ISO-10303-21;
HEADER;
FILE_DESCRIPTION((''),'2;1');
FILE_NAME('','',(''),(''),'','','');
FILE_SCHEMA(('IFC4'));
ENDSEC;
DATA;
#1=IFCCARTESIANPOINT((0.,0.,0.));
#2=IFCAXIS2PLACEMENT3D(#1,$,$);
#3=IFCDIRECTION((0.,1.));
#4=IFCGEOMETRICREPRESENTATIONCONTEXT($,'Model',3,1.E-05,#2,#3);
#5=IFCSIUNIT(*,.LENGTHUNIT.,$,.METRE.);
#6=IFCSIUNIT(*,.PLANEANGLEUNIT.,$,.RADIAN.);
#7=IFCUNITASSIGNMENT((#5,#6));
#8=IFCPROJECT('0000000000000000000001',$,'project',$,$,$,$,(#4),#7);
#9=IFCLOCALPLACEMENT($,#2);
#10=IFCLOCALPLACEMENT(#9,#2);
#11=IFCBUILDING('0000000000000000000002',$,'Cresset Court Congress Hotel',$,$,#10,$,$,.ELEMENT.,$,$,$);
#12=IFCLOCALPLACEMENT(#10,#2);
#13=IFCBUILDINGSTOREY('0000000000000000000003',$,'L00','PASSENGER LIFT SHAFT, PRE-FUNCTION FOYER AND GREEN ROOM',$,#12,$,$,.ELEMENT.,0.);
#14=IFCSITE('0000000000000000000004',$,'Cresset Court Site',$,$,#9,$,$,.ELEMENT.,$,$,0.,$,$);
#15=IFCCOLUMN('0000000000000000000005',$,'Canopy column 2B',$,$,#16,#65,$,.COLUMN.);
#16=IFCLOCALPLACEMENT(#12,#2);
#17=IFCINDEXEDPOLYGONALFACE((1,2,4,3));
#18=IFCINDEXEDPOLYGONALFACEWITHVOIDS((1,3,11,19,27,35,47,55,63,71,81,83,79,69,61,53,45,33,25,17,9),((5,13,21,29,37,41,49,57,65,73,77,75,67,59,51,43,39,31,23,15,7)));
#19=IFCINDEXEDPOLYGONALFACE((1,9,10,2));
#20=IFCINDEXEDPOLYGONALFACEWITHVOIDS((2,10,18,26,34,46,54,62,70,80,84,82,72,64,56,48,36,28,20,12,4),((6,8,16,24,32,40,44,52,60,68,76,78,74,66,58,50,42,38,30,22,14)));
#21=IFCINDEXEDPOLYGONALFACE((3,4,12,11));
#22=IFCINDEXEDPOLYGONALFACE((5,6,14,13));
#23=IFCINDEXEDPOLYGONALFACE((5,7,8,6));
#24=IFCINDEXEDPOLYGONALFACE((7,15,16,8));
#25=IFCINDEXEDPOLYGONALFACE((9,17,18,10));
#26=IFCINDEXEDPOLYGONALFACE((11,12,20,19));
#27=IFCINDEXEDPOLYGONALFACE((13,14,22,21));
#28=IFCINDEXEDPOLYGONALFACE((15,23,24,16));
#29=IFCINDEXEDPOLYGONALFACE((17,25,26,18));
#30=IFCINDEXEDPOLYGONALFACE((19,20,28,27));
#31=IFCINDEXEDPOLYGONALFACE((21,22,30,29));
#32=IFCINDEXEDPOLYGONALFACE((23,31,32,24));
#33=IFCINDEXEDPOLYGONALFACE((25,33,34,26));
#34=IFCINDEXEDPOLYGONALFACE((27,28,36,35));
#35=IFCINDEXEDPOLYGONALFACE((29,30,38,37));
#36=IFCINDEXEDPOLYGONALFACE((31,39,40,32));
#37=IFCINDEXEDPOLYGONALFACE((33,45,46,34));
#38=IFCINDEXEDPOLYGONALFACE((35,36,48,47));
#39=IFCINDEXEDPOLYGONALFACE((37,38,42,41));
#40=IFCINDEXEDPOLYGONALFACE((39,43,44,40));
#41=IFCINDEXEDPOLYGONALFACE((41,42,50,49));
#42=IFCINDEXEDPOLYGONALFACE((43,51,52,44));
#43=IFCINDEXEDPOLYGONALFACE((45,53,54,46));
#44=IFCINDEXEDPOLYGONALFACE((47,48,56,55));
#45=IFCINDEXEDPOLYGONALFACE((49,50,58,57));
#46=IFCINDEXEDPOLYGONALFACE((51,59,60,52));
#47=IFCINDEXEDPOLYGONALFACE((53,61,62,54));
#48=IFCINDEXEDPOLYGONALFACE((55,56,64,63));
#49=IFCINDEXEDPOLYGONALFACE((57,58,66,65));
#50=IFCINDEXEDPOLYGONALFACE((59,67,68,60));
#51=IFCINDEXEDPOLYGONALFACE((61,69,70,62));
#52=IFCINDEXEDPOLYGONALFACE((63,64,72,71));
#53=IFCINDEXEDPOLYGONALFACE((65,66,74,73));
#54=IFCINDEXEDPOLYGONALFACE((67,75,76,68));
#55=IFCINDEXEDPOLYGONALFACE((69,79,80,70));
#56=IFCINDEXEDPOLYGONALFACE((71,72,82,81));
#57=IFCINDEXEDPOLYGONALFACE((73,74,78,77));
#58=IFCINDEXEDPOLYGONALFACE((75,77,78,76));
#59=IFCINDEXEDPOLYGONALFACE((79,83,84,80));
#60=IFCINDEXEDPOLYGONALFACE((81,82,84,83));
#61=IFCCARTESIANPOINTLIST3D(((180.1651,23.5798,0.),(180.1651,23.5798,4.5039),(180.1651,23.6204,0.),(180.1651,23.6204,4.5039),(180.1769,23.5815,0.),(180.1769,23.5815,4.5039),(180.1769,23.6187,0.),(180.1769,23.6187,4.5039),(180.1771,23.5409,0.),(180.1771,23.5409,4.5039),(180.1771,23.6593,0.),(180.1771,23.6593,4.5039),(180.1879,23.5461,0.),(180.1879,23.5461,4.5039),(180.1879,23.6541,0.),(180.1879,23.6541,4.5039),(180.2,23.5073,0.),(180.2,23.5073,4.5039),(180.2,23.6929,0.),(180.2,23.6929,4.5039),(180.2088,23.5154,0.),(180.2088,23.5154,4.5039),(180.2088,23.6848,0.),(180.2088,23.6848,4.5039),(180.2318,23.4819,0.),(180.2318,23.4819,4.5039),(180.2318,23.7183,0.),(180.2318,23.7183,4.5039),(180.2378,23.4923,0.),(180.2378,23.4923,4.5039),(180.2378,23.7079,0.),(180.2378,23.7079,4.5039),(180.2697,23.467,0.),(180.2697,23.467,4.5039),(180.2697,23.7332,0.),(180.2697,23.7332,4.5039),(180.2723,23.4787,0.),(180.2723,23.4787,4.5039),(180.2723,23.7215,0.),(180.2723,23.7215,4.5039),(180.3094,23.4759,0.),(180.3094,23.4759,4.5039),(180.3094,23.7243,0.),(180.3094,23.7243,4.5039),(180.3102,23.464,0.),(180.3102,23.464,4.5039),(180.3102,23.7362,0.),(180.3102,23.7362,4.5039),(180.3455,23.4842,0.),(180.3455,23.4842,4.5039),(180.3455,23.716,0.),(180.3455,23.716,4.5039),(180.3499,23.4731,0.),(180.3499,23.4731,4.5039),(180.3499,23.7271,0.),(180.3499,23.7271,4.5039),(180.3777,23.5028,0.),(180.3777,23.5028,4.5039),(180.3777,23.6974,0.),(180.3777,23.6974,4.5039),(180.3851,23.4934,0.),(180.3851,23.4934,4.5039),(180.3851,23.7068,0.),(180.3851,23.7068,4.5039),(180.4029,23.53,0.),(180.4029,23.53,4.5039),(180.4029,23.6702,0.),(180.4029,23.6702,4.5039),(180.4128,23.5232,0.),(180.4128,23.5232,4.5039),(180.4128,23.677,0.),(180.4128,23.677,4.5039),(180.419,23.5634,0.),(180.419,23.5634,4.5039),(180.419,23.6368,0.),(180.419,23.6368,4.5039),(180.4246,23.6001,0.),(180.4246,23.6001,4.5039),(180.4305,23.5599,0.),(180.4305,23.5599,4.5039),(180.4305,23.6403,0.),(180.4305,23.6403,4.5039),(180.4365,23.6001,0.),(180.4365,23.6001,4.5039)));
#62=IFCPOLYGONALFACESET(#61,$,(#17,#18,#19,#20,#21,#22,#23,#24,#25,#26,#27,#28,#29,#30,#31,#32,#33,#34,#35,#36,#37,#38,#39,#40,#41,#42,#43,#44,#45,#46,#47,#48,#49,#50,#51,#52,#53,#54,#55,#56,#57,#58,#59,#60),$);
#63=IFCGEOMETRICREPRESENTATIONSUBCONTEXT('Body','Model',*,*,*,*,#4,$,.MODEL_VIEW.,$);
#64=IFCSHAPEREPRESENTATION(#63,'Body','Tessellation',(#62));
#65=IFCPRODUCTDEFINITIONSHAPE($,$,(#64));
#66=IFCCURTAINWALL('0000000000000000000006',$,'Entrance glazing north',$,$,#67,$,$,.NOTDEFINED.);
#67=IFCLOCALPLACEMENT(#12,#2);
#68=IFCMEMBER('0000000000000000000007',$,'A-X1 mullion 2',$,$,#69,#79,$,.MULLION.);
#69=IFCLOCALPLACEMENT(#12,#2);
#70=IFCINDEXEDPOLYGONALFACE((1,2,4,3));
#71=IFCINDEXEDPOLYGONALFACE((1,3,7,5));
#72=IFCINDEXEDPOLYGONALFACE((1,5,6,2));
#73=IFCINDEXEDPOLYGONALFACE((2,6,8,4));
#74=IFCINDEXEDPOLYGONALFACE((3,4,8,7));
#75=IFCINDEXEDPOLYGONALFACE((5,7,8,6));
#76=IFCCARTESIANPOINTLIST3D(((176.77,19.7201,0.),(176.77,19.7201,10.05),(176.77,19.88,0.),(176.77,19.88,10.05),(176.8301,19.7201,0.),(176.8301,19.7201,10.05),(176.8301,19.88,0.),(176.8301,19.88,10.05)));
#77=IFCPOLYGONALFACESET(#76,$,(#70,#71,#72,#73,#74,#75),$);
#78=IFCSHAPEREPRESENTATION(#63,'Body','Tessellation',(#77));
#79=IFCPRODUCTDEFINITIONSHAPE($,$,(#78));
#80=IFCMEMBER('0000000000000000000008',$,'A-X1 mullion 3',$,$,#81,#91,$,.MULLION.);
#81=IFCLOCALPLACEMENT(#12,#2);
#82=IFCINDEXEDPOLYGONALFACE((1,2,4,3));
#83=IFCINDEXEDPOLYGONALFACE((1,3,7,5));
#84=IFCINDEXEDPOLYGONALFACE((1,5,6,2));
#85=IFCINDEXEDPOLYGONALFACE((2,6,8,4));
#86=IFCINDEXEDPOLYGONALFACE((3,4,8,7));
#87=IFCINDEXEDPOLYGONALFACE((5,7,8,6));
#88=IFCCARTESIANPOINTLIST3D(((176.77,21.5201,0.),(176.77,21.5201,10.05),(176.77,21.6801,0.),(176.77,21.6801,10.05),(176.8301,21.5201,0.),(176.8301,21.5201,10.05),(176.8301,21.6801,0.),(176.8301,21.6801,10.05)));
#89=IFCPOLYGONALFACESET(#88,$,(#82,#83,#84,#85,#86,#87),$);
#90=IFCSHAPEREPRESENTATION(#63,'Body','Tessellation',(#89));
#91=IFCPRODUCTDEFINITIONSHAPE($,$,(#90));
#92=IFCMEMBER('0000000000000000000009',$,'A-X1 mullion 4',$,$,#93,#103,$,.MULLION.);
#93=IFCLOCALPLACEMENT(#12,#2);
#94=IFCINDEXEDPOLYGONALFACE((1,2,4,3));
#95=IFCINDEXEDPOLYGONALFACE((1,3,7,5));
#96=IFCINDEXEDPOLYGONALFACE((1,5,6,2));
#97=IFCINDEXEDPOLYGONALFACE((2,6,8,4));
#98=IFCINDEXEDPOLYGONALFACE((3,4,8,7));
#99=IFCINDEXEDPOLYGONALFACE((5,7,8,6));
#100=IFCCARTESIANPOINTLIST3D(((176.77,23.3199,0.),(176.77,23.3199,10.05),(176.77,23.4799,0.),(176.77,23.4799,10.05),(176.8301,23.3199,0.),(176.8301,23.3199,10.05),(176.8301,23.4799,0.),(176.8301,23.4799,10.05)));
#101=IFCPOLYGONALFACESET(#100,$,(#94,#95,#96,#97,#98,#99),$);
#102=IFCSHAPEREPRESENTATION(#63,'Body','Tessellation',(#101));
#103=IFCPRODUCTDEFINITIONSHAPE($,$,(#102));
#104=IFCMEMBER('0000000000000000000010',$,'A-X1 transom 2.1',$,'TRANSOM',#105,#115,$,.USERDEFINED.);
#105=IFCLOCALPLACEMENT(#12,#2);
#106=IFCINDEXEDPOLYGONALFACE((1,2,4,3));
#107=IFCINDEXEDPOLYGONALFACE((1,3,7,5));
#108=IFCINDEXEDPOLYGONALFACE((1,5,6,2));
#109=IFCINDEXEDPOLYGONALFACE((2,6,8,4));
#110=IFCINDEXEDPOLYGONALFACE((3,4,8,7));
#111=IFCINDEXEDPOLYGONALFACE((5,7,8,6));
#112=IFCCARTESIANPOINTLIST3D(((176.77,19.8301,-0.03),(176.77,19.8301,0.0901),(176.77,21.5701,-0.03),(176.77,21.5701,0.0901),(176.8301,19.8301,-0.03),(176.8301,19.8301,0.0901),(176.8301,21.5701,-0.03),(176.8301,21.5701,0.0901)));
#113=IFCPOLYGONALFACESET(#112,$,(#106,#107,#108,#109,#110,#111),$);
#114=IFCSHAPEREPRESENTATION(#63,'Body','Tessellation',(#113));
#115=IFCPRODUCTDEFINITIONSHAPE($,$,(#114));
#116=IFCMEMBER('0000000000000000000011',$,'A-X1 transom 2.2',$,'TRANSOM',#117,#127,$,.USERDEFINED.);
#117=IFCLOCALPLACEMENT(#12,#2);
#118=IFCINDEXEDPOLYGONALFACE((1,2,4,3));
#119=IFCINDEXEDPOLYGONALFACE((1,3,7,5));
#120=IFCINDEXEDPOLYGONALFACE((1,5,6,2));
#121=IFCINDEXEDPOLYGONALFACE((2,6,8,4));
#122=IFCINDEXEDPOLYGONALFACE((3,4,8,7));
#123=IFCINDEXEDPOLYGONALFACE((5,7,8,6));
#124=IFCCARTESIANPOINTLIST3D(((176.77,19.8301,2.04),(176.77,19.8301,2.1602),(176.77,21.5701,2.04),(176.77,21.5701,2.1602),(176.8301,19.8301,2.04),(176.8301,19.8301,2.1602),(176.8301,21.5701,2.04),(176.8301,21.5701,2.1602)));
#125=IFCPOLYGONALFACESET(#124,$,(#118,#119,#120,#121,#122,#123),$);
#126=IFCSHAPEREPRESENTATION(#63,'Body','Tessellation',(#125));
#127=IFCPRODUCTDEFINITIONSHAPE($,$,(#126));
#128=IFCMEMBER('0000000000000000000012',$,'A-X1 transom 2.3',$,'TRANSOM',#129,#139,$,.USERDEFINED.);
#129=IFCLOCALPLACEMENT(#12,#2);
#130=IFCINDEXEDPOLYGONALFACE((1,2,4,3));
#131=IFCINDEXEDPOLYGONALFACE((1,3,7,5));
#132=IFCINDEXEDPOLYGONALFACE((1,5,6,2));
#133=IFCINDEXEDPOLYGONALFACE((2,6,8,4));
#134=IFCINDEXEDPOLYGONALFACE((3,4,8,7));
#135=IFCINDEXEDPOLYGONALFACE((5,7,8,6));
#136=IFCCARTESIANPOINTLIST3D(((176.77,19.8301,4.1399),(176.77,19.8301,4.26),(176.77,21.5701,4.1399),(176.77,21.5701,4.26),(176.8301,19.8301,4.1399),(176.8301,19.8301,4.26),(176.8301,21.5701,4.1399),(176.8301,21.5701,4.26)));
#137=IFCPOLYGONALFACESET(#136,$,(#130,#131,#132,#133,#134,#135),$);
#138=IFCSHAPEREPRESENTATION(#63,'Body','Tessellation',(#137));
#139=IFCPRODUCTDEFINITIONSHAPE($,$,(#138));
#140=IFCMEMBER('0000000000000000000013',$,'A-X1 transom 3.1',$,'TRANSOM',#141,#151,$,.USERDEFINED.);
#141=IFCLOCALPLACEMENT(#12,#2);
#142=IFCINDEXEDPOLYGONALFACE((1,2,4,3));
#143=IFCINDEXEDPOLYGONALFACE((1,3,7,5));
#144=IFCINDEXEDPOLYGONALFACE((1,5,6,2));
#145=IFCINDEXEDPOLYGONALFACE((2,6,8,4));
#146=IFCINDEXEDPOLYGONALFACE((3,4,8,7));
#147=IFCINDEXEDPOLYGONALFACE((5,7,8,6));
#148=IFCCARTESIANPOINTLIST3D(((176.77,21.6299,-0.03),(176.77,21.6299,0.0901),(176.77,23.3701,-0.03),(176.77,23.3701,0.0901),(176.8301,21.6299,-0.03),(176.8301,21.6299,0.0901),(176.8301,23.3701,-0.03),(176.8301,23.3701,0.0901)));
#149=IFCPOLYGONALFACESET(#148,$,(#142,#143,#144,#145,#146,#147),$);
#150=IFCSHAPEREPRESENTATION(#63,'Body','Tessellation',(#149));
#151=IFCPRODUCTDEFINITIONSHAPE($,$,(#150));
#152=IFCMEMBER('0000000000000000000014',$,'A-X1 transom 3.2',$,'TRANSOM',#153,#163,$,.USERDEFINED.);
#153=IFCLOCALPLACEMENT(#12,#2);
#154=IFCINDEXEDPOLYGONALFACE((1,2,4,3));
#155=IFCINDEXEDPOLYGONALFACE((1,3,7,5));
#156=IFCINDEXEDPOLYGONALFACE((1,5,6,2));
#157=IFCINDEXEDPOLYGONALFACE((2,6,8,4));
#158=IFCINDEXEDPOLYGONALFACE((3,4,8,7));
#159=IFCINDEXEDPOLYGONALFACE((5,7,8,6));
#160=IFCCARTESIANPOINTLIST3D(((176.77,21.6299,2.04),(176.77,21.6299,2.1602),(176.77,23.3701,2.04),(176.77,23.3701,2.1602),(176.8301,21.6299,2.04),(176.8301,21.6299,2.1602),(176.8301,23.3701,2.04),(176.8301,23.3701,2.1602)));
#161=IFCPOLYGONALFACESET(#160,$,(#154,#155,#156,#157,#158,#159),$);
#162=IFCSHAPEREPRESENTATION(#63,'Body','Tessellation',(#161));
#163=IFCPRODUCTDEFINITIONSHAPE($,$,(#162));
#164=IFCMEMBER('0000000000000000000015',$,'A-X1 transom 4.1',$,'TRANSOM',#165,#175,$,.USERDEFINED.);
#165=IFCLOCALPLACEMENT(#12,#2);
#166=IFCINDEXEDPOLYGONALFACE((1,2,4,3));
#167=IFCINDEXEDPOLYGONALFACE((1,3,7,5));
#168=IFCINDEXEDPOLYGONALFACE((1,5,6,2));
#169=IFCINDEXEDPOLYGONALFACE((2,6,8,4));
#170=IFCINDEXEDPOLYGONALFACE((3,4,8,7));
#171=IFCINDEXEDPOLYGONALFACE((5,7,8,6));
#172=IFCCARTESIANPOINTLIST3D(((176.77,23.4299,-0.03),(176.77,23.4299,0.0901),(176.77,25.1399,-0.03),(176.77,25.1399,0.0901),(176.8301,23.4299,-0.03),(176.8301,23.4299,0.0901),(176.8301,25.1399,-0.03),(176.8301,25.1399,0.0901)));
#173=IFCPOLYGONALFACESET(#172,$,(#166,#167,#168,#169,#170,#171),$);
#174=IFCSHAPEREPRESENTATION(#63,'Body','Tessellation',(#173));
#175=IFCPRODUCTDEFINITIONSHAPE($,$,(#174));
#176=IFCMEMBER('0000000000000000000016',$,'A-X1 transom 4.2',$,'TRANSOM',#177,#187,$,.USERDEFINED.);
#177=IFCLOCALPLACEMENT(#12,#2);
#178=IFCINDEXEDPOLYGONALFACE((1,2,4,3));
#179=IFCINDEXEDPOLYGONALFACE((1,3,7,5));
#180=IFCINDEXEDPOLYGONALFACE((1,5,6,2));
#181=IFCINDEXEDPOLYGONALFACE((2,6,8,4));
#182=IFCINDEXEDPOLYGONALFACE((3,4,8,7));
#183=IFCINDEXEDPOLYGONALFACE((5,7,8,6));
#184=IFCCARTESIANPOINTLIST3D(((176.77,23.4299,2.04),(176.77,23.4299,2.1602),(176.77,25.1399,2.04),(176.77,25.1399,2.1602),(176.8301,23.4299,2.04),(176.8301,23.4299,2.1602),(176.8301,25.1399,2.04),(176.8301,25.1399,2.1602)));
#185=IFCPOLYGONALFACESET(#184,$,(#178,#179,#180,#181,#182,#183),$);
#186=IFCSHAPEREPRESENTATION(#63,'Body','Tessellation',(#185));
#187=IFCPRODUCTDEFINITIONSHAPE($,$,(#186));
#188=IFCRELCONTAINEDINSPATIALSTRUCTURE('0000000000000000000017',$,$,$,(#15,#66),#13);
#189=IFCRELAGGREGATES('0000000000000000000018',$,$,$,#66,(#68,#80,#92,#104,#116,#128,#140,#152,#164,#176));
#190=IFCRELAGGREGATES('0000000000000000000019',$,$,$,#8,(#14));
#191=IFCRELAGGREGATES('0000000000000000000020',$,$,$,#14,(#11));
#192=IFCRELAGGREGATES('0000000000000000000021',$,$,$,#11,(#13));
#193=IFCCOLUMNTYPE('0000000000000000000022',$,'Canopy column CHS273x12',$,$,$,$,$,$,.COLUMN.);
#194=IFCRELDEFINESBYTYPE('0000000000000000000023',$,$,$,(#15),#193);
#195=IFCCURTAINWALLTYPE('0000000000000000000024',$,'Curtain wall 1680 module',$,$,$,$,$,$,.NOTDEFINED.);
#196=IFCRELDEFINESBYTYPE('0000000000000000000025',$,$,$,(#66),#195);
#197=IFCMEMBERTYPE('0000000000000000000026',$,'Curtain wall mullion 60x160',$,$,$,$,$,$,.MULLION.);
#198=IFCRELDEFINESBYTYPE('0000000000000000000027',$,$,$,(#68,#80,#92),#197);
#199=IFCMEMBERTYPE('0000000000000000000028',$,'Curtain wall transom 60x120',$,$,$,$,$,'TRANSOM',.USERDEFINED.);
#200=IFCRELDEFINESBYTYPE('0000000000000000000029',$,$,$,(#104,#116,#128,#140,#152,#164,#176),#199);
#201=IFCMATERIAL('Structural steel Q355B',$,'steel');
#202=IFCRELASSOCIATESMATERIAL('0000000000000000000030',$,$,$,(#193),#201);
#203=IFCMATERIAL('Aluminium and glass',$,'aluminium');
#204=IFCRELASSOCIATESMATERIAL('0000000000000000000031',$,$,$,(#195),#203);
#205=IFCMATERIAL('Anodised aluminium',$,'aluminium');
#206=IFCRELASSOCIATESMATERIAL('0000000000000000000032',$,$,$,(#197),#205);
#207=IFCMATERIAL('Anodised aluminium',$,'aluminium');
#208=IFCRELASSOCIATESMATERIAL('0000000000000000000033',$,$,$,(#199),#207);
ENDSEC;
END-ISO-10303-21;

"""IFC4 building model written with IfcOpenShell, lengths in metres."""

from ifc_helpers import new_model, si_unit, direction, frame, origin, origin_2d, place, context, subcontext, project, spatial, rectangle, hollow_circle, extrude, material, material_profile, profile_set, type_object, element, aggregate, save


model = new_model("IFC4")

# Units and contexts
model_context = context("Model", 3, precision=1e-05, world=origin(), true_north=direction((0.0, 1.0)))
body_context = subcontext(model_context, "Body", "Model", "MODEL_VIEW")
ifc_project = project(units=[si_unit("LENGTHUNIT", "METRE"), si_unit("PLANEANGLEUNIT", "RADIAN")], contexts=[model_context])

# Site, building, storey
site_placement = place(None, origin())
site = spatial("IfcSite", under=ifc_project, at=site_placement, Name="Cresset Court Site", CompositionType="ELEMENT", RefElevation=0.0)
building_placement = place(site_placement, origin())
building = spatial("IfcBuilding", under=site, at=building_placement, Name="Cresset Court Congress Hotel", CompositionType="ELEMENT")
storey_placement = place(building_placement, origin())
storey = spatial("IfcBuildingStorey", under=building, at=storey_placement, Name="L00", Description="PASSENGER LIFT SHAFT, PRE-FUNCTION FOYER AND GREEN ROOM", CompositionType="ELEMENT", Elevation=0.0)

# Column
ifc_material_1 = material(Name="Structural steel Q355B", Category="steel")
ifc_material_profile_1 = material_profile(ifc_material_1, hollow_circle(Radius=0.1365, WallThickness=0.012, at=origin_2d()), Name="CHS273x12")
ifc_profile_set_1 = profile_set([ifc_material_profile_1], Name="Structural steel Q355B")
column_type = type_object("IfcColumnType", Name="Canopy column CHS273x12", PredefinedType="COLUMN", material=ifc_profile_set_1)
for number, where, z_axis, x_axis, name in (
    (1, (180.3, 23.6001, 0.0), (0.0, 0.0, 1.0), (1.0, 0.0, 0.0), "Canopy column 2B"),
):
    element("IfcColumn", number, at=place(storey_placement, frame(where, z_axis=z_axis, x_axis=x_axis)), inside=storey, type_object=column_type, Name=name, PredefinedType="COLUMN", context=body_context, shape_type="SweptSolid", body=[
        extrude(hollow_circle(Radius=0.1365, WallThickness=0.012, at=origin_2d()), origin(), (0.0, 0.0, 1.0), 4.5039),
    ])

# Curtain wall, members
ifc_material_2 = material(Name="Aluminium and glass", Category="aluminium")
curtain_wall_type = type_object("IfcCurtainWallType", Name="Curtain wall 1680 module", PredefinedType="NOTDEFINED", material=ifc_material_2)
curtain_wall_placement = place(storey_placement, origin())
curtain_wall = element("IfcCurtainWall", 2, at=curtain_wall_placement, inside=storey, type_object=curtain_wall_type, Name="Entrance glazing north", PredefinedType="NOTDEFINED")
ifc_material_3 = material(Name="Anodised aluminium", Category="aluminium")
ifc_material_profile_2 = material_profile(ifc_material_3, rectangle(XDim=0.0601, YDim=0.1599, at=origin_2d()), Name="AL60x160")
ifc_profile_set_2 = profile_set([ifc_material_profile_2], Name="Anodised aluminium")
member_type_1 = type_object("IfcMemberType", Name="Curtain wall mullion 60x160", PredefinedType="MULLION", material=ifc_profile_set_2)
member_1_placement = place(storey_placement, frame((176.8, 19.8, 0.0), z_axis=(0.0, 0.0, 1.0), x_axis=(-1.0, 0.0, 0.0)))
member_1 = element("IfcMember", 3, at=member_1_placement, type_object=member_type_1, Name="A-X1 mullion 2", PredefinedType="MULLION", context=body_context, shape_type="SweptSolid", body=[
    extrude(rectangle(XDim=0.0601, YDim=0.1599, at=origin_2d()), origin(), (0.0, 0.0, 1.0), 10.05),
])
member_2_placement = place(storey_placement, frame((176.8, 21.6001, 0.0), z_axis=(0.0, 0.0, 1.0), x_axis=(-1.0, 0.0, 0.0)))
member_2 = element("IfcMember", 4, at=member_2_placement, type_object=member_type_1, Name="A-X1 mullion 3", PredefinedType="MULLION", context=body_context, shape_type="SweptSolid", body=[
    extrude(rectangle(XDim=0.0601, YDim=0.1599, at=origin_2d()), origin(), (0.0, 0.0, 1.0), 10.05),
])
member_3_placement = place(storey_placement, frame((176.8, 23.3999, 0.0), z_axis=(0.0, 0.0, 1.0), x_axis=(-1.0, 0.0, 0.0)))
member_3 = element("IfcMember", 5, at=member_3_placement, type_object=member_type_1, Name="A-X1 mullion 4", PredefinedType="MULLION", context=body_context, shape_type="SweptSolid", body=[
    extrude(rectangle(XDim=0.0601, YDim=0.1599, at=origin_2d()), origin(), (0.0, 0.0, 1.0), 10.05),
])
ifc_material_4 = material(Name="Anodised aluminium", Category="aluminium")
ifc_material_profile_3 = material_profile(ifc_material_4, rectangle(XDim=0.0601, YDim=0.1201, at=origin_2d()), Name="AL60x120")
ifc_profile_set_3 = profile_set([ifc_material_profile_3], Name="Anodised aluminium")
member_type_2 = type_object("IfcMemberType", Name="Curtain wall transom 60x120", ElementType="TRANSOM", PredefinedType="USERDEFINED", material=ifc_profile_set_3)
member_4_placement = place(storey_placement, frame((176.8, 19.8301, 0.03), z_axis=(0.0, 1.0, 0.0), x_axis=(-1.0, 0.0, 0.0)))
member_4 = element("IfcMember", 6, at=member_4_placement, type_object=member_type_2, Name="A-X1 transom 2.1", ObjectType="TRANSOM", PredefinedType="USERDEFINED", context=body_context, shape_type="SweptSolid", body=[
    extrude(rectangle(XDim=0.0601, YDim=0.1201, at=origin_2d()), origin(), (0.0, 0.0, 1.0), 1.74),
])
member_5_placement = place(storey_placement, frame((176.8, 19.8301, 2.1001), z_axis=(0.0, 1.0, 0.0), x_axis=(-1.0, 0.0, 0.0)))
member_5 = element("IfcMember", 7, at=member_5_placement, type_object=member_type_2, Name="A-X1 transom 2.2", ObjectType="TRANSOM", PredefinedType="USERDEFINED", context=body_context, shape_type="SweptSolid", body=[
    extrude(rectangle(XDim=0.0601, YDim=0.1201, at=origin_2d()), origin(), (0.0, 0.0, 1.0), 1.74),
])
member_6_placement = place(storey_placement, frame((176.8, 19.8301, 4.2), z_axis=(0.0, 1.0, 0.0), x_axis=(-1.0, 0.0, 0.0)))
member_6 = element("IfcMember", 8, at=member_6_placement, type_object=member_type_2, Name="A-X1 transom 2.3", ObjectType="TRANSOM", PredefinedType="USERDEFINED", context=body_context, shape_type="SweptSolid", body=[
    extrude(rectangle(XDim=0.0601, YDim=0.1201, at=origin_2d()), origin(), (0.0, 0.0, 1.0), 1.74),
])
member_7_placement = place(storey_placement, frame((176.8, 21.6299, 0.03), z_axis=(0.0, 1.0, 0.0), x_axis=(-1.0, 0.0, 0.0)))
member_7 = element("IfcMember", 9, at=member_7_placement, type_object=member_type_2, Name="A-X1 transom 3.1", ObjectType="TRANSOM", PredefinedType="USERDEFINED", context=body_context, shape_type="SweptSolid", body=[
    extrude(rectangle(XDim=0.0601, YDim=0.1201, at=origin_2d()), origin(), (0.0, 0.0, 1.0), 1.7402),
])
member_8_placement = place(storey_placement, frame((176.8, 21.6299, 2.1001), z_axis=(0.0, 1.0, 0.0), x_axis=(-1.0, 0.0, 0.0)))
member_8 = element("IfcMember", 10, at=member_8_placement, type_object=member_type_2, Name="A-X1 transom 3.2", ObjectType="TRANSOM", PredefinedType="USERDEFINED", context=body_context, shape_type="SweptSolid", body=[
    extrude(rectangle(XDim=0.0601, YDim=0.1201, at=origin_2d()), origin(), (0.0, 0.0, 1.0), 1.7402),
])
member_9_placement = place(storey_placement, frame((176.8, 23.4299, 0.03), z_axis=(0.0, 1.0, 0.0), x_axis=(-1.0, 0.0, 0.0)))
member_9 = element("IfcMember", 11, at=member_9_placement, type_object=member_type_2, Name="A-X1 transom 4.1", ObjectType="TRANSOM", PredefinedType="USERDEFINED", context=body_context, shape_type="SweptSolid", body=[
    extrude(rectangle(XDim=0.0601, YDim=0.1201, at=origin_2d()), origin(), (0.0, 0.0, 1.0), 1.71),
])
member_10_placement = place(storey_placement, frame((176.8, 23.4299, 2.1001), z_axis=(0.0, 1.0, 0.0), x_axis=(-1.0, 0.0, 0.0)))
member_10 = element("IfcMember", 12, at=member_10_placement, type_object=member_type_2, Name="A-X1 transom 4.2", ObjectType="TRANSOM", PredefinedType="USERDEFINED", context=body_context, shape_type="SweptSolid", body=[
    extrude(rectangle(XDim=0.0601, YDim=0.1201, at=origin_2d()), origin(), (0.0, 0.0, 1.0), 1.71),
])
aggregate(curtain_wall, [member_1, member_2, member_3, member_4, member_5, member_6, member_7, member_8, member_9, member_10])

save(model, "model.ifc")
